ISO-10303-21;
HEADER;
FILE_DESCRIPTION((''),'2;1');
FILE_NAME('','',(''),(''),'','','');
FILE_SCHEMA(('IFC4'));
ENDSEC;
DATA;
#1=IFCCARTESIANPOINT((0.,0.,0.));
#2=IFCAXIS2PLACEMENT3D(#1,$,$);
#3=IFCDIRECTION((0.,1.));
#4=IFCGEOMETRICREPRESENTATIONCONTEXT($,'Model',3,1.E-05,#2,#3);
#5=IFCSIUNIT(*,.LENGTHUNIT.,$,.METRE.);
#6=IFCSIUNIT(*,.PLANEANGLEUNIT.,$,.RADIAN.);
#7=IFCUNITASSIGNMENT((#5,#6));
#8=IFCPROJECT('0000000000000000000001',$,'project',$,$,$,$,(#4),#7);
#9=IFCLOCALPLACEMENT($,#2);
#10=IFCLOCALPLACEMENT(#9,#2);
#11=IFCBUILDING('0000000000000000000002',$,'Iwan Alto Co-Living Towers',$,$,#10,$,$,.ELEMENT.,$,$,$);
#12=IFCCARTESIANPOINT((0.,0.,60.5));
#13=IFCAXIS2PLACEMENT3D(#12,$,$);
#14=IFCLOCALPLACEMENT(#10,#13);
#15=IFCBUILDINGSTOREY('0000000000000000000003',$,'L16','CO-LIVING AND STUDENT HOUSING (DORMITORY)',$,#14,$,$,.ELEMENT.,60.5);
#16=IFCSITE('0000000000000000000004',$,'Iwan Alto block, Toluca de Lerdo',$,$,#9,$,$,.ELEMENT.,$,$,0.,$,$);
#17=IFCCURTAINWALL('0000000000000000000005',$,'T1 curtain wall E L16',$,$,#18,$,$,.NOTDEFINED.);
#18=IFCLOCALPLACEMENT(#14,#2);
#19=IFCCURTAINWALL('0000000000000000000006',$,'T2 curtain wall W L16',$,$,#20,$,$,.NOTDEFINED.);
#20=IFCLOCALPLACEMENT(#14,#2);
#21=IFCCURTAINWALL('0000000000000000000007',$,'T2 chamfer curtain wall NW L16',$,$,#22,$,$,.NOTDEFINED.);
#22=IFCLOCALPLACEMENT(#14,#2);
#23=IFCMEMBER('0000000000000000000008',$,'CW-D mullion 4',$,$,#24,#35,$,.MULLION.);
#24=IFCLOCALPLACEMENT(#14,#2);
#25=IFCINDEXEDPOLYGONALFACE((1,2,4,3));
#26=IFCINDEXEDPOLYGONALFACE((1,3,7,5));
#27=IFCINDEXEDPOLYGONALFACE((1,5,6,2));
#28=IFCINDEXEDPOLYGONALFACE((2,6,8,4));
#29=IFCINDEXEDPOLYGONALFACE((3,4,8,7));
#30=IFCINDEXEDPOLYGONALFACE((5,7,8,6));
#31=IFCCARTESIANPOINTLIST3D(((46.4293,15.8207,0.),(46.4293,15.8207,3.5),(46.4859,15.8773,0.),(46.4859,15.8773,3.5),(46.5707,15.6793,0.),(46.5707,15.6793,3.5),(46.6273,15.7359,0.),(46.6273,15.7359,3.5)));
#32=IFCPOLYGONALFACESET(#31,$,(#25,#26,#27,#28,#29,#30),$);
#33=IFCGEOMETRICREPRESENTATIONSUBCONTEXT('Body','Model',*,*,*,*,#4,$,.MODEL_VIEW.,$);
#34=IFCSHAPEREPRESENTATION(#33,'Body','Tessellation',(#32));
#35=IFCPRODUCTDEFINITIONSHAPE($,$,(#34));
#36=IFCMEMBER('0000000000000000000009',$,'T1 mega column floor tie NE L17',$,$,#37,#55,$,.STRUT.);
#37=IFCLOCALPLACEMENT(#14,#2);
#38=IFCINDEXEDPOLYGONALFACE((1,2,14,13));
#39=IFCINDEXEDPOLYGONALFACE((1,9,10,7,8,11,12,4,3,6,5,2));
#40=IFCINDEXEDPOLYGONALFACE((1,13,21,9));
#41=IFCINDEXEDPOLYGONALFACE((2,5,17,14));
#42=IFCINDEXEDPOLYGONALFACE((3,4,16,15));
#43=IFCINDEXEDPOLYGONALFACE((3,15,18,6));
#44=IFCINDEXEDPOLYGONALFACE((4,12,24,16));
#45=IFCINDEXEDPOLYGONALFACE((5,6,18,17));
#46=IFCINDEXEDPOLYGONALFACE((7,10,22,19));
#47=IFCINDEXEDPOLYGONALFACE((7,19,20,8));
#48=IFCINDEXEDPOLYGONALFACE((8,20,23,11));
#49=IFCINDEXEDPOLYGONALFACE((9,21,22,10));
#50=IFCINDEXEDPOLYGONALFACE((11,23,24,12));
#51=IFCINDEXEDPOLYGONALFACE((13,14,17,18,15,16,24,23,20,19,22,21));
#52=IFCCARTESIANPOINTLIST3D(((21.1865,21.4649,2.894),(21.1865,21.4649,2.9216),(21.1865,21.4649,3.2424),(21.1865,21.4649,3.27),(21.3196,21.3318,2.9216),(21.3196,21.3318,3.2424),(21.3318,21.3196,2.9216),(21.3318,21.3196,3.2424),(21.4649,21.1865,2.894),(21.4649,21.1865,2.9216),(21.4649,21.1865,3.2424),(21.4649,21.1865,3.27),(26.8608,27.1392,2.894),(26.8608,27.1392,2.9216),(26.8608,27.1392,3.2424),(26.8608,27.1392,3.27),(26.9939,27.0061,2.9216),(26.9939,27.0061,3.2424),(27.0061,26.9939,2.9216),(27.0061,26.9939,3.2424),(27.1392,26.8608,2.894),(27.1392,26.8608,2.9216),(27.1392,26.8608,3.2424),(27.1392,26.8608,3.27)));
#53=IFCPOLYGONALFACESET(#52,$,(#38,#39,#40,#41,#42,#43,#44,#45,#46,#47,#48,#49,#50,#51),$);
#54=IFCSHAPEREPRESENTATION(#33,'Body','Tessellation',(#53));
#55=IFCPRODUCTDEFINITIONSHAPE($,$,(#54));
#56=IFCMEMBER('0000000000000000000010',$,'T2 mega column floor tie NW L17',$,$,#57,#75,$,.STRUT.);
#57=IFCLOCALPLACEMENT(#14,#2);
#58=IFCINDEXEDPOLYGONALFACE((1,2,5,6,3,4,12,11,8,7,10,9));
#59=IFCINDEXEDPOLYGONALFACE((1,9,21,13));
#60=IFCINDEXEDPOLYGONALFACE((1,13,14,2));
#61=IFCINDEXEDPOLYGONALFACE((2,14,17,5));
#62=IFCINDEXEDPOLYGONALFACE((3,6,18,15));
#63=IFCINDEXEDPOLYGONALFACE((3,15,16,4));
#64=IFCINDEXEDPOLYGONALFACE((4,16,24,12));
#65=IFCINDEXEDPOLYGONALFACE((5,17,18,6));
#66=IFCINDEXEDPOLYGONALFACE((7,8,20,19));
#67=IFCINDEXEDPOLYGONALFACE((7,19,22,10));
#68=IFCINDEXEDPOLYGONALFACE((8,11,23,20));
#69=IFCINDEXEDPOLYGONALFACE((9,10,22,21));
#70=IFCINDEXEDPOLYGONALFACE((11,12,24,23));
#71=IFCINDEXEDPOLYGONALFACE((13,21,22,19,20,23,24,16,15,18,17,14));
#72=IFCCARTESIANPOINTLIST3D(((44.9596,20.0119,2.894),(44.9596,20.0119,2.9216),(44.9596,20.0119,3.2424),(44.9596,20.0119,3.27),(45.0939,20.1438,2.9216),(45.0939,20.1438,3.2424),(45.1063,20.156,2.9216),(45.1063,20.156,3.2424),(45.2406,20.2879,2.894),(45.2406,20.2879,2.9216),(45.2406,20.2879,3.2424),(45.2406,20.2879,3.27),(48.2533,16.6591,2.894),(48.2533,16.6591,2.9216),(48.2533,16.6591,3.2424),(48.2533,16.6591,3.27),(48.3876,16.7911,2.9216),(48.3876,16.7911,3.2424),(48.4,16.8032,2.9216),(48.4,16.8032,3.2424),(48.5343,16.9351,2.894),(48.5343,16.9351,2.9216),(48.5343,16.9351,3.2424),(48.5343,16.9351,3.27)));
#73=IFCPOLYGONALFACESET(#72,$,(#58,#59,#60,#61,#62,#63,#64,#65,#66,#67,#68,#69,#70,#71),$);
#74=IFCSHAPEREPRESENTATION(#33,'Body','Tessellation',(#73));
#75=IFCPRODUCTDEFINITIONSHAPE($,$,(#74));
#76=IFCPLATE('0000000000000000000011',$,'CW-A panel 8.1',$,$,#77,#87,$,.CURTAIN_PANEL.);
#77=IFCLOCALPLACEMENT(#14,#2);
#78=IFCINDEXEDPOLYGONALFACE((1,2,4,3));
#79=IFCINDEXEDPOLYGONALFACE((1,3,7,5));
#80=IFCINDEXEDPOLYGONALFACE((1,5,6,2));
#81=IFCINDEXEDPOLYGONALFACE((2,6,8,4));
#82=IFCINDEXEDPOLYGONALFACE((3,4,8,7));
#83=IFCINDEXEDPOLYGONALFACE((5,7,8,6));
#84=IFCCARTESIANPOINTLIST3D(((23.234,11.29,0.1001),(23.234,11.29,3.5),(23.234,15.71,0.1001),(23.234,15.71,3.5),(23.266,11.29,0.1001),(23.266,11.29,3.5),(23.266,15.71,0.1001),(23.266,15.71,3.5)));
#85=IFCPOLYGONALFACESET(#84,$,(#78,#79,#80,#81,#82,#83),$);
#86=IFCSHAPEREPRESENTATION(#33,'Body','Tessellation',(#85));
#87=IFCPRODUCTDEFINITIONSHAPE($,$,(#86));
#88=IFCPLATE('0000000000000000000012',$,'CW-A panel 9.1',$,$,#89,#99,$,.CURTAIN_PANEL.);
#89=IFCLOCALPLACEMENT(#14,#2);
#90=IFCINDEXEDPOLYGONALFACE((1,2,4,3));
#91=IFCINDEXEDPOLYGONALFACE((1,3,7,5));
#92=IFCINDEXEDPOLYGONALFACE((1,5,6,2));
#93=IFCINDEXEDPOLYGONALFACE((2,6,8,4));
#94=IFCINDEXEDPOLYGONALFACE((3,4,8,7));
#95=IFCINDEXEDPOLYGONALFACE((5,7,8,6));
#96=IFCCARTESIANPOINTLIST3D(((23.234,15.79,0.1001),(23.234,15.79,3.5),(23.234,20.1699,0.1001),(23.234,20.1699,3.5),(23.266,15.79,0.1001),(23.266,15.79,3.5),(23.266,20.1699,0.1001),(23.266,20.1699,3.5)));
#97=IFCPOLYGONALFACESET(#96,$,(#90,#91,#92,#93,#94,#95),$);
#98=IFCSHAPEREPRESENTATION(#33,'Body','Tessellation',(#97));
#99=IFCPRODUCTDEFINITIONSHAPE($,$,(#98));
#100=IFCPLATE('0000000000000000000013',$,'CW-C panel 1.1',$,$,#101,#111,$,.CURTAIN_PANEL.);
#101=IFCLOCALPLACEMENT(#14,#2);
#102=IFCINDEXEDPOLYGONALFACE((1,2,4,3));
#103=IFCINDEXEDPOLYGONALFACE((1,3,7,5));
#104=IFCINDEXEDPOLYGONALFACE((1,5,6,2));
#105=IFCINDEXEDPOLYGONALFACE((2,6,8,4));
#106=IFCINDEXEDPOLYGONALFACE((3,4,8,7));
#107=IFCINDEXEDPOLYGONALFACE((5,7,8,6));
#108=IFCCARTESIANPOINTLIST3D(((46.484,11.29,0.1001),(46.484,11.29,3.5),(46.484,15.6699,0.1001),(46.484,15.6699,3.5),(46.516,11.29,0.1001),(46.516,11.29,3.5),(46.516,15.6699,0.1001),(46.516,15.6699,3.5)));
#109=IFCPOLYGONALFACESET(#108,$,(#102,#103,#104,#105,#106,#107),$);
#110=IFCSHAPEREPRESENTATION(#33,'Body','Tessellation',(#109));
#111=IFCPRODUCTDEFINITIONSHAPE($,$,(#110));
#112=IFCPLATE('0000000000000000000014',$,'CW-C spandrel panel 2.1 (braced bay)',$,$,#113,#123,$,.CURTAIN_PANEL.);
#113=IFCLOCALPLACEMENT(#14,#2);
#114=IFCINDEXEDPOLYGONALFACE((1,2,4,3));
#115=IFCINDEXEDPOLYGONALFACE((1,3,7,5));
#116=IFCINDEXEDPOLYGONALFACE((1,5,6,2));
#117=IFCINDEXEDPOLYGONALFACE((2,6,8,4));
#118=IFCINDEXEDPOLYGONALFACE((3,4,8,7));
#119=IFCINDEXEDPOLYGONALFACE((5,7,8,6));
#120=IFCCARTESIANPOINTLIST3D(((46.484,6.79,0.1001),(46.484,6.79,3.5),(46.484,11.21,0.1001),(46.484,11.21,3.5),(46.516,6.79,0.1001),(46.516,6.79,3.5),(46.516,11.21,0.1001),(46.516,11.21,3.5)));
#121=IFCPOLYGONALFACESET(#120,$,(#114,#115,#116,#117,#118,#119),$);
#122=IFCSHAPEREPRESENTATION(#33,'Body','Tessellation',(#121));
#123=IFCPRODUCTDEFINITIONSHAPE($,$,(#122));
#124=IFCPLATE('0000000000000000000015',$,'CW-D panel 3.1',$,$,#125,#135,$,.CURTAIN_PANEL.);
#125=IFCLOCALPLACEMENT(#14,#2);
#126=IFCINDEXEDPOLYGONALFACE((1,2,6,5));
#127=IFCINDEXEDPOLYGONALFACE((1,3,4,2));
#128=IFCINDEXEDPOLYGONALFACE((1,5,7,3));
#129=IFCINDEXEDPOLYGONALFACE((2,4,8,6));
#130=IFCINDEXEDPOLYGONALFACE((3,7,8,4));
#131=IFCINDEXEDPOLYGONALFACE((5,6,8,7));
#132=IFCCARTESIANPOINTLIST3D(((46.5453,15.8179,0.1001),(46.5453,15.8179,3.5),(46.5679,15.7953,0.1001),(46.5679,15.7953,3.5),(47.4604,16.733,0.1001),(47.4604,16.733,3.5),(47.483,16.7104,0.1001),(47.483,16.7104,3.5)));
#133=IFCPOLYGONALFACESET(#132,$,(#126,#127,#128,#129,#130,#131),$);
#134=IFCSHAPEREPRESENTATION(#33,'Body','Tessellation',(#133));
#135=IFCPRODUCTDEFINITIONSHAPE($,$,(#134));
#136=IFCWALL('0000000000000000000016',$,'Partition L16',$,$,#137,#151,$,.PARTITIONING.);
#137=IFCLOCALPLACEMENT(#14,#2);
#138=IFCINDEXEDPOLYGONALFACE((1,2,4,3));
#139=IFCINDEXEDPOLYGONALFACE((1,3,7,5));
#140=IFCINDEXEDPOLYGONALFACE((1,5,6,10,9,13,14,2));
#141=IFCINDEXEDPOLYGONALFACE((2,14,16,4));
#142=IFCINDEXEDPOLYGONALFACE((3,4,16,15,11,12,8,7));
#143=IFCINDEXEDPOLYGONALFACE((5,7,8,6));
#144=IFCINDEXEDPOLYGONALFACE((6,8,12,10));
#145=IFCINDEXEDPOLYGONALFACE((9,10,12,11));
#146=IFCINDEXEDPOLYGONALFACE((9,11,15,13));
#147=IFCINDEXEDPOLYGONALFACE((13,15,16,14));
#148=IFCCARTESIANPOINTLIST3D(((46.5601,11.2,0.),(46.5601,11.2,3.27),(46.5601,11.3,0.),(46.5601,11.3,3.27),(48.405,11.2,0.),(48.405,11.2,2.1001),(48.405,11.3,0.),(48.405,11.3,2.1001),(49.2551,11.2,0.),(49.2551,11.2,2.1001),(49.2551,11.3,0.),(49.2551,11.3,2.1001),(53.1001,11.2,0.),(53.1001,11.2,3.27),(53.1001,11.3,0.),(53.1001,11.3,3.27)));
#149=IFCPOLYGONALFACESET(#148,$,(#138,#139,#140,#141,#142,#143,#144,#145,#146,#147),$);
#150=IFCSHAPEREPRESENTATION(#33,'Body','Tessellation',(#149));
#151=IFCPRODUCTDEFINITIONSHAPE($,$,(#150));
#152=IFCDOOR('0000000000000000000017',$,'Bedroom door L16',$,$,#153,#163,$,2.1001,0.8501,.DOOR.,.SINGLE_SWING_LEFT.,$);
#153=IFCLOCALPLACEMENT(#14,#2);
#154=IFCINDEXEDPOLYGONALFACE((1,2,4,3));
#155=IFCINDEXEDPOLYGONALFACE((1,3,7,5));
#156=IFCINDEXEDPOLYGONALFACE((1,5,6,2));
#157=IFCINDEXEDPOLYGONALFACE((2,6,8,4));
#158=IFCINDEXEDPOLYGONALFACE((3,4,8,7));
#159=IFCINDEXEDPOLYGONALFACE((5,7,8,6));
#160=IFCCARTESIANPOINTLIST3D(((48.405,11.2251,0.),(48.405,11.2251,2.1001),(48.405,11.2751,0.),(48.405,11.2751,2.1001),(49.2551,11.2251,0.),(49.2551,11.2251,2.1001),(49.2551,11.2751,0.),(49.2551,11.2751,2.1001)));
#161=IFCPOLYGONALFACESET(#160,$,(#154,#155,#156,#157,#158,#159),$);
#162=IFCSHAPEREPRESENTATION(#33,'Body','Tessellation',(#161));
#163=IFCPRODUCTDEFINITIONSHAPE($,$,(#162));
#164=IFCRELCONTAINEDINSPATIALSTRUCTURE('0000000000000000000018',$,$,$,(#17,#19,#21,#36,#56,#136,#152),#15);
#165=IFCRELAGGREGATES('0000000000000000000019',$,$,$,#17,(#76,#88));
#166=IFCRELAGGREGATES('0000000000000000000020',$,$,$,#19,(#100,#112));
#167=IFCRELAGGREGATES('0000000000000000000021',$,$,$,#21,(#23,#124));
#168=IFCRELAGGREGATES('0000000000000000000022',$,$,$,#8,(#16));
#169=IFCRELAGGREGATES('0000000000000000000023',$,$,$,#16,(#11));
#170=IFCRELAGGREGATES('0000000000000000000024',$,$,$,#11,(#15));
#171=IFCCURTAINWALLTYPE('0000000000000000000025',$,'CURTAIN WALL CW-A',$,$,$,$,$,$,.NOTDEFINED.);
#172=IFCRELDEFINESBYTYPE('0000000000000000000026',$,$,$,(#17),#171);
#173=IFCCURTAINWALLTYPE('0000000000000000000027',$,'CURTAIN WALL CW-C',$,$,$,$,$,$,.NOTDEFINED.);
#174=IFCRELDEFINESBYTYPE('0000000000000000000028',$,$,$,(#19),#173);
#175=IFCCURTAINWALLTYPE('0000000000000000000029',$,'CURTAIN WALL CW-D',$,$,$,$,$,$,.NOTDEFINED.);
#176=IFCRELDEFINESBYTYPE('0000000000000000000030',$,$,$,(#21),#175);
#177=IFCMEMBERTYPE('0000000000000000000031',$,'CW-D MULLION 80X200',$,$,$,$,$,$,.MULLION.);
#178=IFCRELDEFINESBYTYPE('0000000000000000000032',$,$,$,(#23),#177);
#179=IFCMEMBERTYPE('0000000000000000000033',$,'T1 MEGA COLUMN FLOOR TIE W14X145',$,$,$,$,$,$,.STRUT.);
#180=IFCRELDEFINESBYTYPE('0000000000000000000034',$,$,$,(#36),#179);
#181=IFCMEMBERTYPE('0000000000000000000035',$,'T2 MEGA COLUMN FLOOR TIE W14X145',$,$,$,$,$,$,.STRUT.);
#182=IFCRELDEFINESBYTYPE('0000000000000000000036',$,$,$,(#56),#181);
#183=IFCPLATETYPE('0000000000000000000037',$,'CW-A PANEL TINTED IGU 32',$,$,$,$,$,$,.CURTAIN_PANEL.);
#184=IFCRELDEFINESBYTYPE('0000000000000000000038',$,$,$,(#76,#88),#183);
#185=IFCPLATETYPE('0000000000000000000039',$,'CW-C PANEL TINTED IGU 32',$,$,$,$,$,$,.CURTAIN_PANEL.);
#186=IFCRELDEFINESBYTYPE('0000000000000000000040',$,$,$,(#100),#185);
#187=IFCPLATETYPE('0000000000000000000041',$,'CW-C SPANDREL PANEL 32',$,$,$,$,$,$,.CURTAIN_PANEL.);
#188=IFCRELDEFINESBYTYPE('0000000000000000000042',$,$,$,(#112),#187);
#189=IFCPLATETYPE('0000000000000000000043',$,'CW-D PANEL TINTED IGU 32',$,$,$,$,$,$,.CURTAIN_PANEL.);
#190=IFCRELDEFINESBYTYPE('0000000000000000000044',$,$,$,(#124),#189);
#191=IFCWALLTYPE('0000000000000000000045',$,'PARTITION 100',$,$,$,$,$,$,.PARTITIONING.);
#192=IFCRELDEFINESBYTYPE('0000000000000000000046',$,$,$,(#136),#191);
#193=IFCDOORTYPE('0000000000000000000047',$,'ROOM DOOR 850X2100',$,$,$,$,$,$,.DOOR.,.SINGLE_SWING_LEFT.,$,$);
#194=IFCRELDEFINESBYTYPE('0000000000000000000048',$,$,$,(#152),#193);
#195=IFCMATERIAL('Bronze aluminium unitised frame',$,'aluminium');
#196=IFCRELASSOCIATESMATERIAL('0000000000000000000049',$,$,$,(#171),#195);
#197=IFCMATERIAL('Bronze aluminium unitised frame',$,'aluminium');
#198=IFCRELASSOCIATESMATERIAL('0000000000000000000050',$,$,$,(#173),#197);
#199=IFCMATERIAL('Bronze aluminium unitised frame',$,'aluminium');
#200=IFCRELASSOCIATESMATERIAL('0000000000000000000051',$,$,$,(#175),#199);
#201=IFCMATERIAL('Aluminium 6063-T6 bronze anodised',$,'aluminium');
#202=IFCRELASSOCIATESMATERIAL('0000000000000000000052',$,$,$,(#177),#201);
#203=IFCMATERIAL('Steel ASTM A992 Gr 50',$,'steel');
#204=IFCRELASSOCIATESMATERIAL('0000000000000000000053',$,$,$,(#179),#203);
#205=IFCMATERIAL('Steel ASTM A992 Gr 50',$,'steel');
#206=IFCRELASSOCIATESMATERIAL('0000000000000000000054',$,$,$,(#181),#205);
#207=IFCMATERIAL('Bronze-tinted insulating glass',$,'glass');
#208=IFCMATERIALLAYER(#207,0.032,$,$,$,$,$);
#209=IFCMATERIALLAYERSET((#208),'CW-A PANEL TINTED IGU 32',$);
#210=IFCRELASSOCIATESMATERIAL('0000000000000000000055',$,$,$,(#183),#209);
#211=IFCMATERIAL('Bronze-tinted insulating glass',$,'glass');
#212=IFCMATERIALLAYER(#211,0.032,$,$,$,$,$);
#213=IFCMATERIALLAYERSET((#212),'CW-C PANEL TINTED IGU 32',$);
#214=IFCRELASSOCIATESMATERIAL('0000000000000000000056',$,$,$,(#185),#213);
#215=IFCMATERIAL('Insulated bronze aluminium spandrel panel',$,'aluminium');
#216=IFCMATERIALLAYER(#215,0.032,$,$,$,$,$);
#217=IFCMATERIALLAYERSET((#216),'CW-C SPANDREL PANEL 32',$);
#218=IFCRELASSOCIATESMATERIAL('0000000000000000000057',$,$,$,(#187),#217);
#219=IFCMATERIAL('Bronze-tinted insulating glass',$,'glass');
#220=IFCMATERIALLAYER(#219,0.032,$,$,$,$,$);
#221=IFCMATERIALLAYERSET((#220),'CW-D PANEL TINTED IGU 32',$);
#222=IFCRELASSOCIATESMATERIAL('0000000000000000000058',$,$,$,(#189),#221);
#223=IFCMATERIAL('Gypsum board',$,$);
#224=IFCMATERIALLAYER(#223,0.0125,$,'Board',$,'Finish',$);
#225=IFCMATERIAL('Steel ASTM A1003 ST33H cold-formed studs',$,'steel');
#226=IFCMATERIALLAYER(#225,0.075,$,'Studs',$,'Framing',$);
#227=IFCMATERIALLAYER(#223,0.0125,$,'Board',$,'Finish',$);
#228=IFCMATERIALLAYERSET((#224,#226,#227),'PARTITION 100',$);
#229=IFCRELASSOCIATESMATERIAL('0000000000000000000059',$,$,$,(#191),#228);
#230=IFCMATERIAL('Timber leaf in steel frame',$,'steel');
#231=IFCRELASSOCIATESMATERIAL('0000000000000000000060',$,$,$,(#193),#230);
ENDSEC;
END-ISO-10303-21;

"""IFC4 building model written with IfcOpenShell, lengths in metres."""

from ifc_helpers import new_model, si_unit, direction, frame, frame_2d, origin, origin_2d, place, context, subcontext, project, spatial, rectangle, i_section, extrude, material, layer, layer_set, material_profile, profile_set, type_object, element, fill, aggregate, save


model = new_model("IFC4")

# Units and contexts
model_context = context("Model", 3, precision=1e-05, world=origin(), true_north=direction((0.0, 1.0)))
body_context = subcontext(model_context, "Body", "Model", "MODEL_VIEW")
ifc_project = project(units=[si_unit("LENGTHUNIT", "METRE"), si_unit("PLANEANGLEUNIT", "RADIAN")], contexts=[model_context])

# Site, building, storey
site_placement = place(None, origin())
site = spatial("IfcSite", under=ifc_project, at=site_placement, Name="Iwan Alto block, Toluca de Lerdo", CompositionType="ELEMENT", RefElevation=0.0)
building_placement = place(site_placement, origin())
building = spatial("IfcBuilding", under=site, at=building_placement, Name="Iwan Alto Co-Living Towers", CompositionType="ELEMENT")
storey_placement = place(building_placement, frame((0.0, 0.0, 60.5)))
storey = spatial("IfcBuildingStorey", under=building, at=storey_placement, Name="L16", Description="CO-LIVING AND STUDENT HOUSING (DORMITORY)", CompositionType="ELEMENT", Elevation=60.5)

# Curtain wall
ifc_material_1 = material(Name="Bronze aluminium unitised frame", Category="aluminium")
curtain_wall_type_1 = type_object("IfcCurtainWallType", Name="CURTAIN WALL CW-A", PredefinedType="NOTDEFINED", material=ifc_material_1)
curtain_wall_1_placement = place(storey_placement, origin())
curtain_wall_1 = element("IfcCurtainWall", 1, at=curtain_wall_1_placement, inside=storey, type_object=curtain_wall_type_1, Name="T1 curtain wall E L16", PredefinedType="NOTDEFINED")

# Curtain wall
ifc_material_2 = material(Name="Bronze aluminium unitised frame", Category="aluminium")
curtain_wall_type_2 = type_object("IfcCurtainWallType", Name="CURTAIN WALL CW-C", PredefinedType="NOTDEFINED", material=ifc_material_2)
curtain_wall_2_placement = place(storey_placement, origin())
curtain_wall_2 = element("IfcCurtainWall", 2, at=curtain_wall_2_placement, inside=storey, type_object=curtain_wall_type_2, Name="T2 curtain wall W L16", PredefinedType="NOTDEFINED")

# Curtain wall, member
ifc_material_3 = material(Name="Bronze aluminium unitised frame", Category="aluminium")
curtain_wall_type_3 = type_object("IfcCurtainWallType", Name="CURTAIN WALL CW-D", PredefinedType="NOTDEFINED", material=ifc_material_3)
curtain_wall_3_placement = place(storey_placement, origin())
curtain_wall_3 = element("IfcCurtainWall", 3, at=curtain_wall_3_placement, inside=storey, type_object=curtain_wall_type_3, Name="T2 chamfer curtain wall NW L16", PredefinedType="NOTDEFINED")
ifc_material_4 = material(Name="Aluminium 6063-T6 bronze anodised", Category="aluminium")
ifc_material_profile_1 = material_profile(ifc_material_4, rectangle(XDim=0.2, YDim=0.0801, at=origin_2d()), Name="AL 80X200")
ifc_profile_set_1 = profile_set([ifc_material_profile_1], Name="Aluminium 6063-T6 bronze anodised")
member_type_1 = type_object("IfcMemberType", Name="CW-D MULLION 80X200", PredefinedType="MULLION", material=ifc_profile_set_1)
member_1_placement = place(storey_placement, frame((46.5283, 15.7783, 0.0), z_axis=(0.0, 0.0, 1.0), x_axis=(0.707107, -0.707107, 0.0)))
member_1 = element("IfcMember", 4, at=member_1_placement, type_object=member_type_1, Name="CW-D mullion 4", PredefinedType="MULLION", context=body_context, shape_type="SweptSolid", body=[
    extrude(rectangle(XDim=0.2, YDim=0.0801, at=origin_2d()), origin(), (0.0, 0.0, 1.0), 3.5),
])

# Members
ifc_material_5 = material(Name="Steel ASTM A992 Gr 50", Category="steel")
ifc_material_profile_2 = material_profile(ifc_material_5, i_section(OverallWidth=0.3938, OverallDepth=0.376, WebThickness=0.0173, FlangeThickness=0.0276, at=origin_2d()), Name="W14X145")
ifc_profile_set_2 = profile_set([ifc_material_profile_2], Name="Steel ASTM A992 Gr 50")
member_type_2 = type_object("IfcMemberType", Name="T1 MEGA COLUMN FLOOR TIE W14X145", PredefinedType="STRUT", material=ifc_profile_set_2)
member_2_placement = place(storey_placement, frame((27.0, 27.0, 3.082), z_axis=(-0.707107, -0.707107, 0.0), x_axis=(0.707107, -0.707107, 0.0)))
element("IfcMember", 5, at=member_2_placement, inside=storey, type_object=member_type_2, Name="T1 mega column floor tie NE L17", PredefinedType="STRUT", context=body_context, shape_type="SweptSolid", body=[
    extrude(i_section(OverallWidth=0.3938, OverallDepth=0.376, WebThickness=0.0173, FlangeThickness=0.0276, at=origin_2d()), origin(), (0.0, 0.0, 1.0), 8.0247),
])
ifc_material_6 = material(Name="Steel ASTM A992 Gr 50", Category="steel")
ifc_material_profile_3 = material_profile(ifc_material_6, i_section(OverallWidth=0.3938, OverallDepth=0.376, WebThickness=0.0173, FlangeThickness=0.0276, at=origin_2d()), Name="W14X145")
ifc_profile_set_3 = profile_set([ifc_material_profile_3], Name="Steel ASTM A992 Gr 50")
member_type_3 = type_object("IfcMemberType", Name="T2 MEGA COLUMN FLOOR TIE W14X145", PredefinedType="STRUT", material=ifc_profile_set_3)
member_3_placement = place(storey_placement, frame((45.1001, 20.1499, 3.082), z_axis=(0.700793, -0.713364, 0.0), x_axis=(0.713364, 0.700793, 0.0)))
element("IfcMember", 6, at=member_3_placement, inside=storey, type_object=member_type_3, Name="T2 mega column floor tie NW L17", PredefinedType="STRUT", context=body_context, shape_type="SweptSolid", body=[
    extrude(i_section(OverallWidth=0.3938, OverallDepth=0.376, WebThickness=0.0173, FlangeThickness=0.0276, at=origin_2d()), origin(), (0.0, 0.0, 1.0), 4.7),
])

# Plates
ifc_material_7 = material(Name="Bronze-tinted insulating glass", Category="glass")
ifc_layer_1 = layer(ifc_material_7, 0.032)
ifc_layer_set_1 = layer_set([ifc_layer_1], Name="CW-A PANEL TINTED IGU 32")
plate_type_1 = type_object("IfcPlateType", Name="CW-A PANEL TINTED IGU 32", PredefinedType="CURTAIN_PANEL", material=ifc_layer_set_1)
plate_1_placement = place(storey_placement, frame((23.25, 13.5, 0.1001), z_axis=(0.0, 0.0, 1.0), x_axis=(0.0, 1.0, 0.0)))
plate_1 = element("IfcPlate", 7, at=plate_1_placement, type_object=plate_type_1, Name="CW-A panel 8.1", PredefinedType="CURTAIN_PANEL", context=body_context, shape_type="SweptSolid", body=[
    extrude(rectangle(XDim=4.4199, YDim=0.032, at=origin_2d()), origin(), (0.0, 0.0, 1.0), 3.3999),
])
plate_2_placement = place(storey_placement, frame((23.25, 17.98, 0.1001), z_axis=(0.0, 0.0, 1.0), x_axis=(0.0, 1.0, 0.0)))
plate_2 = element("IfcPlate", 8, at=plate_2_placement, type_object=plate_type_1, Name="CW-A panel 9.1", PredefinedType="CURTAIN_PANEL", context=body_context, shape_type="SweptSolid", body=[
    extrude(rectangle(XDim=4.3799, YDim=0.032, at=origin_2d()), origin(), (0.0, 0.0, 1.0), 3.3999),
])
aggregate(curtain_wall_1, [plate_1, plate_2])
ifc_material_8 = material(Name="Bronze-tinted insulating glass", Category="glass")
ifc_layer_2 = layer(ifc_material_8, 0.032)
ifc_layer_set_2 = layer_set([ifc_layer_2], Name="CW-C PANEL TINTED IGU 32")
plate_type_2 = type_object("IfcPlateType", Name="CW-C PANEL TINTED IGU 32", PredefinedType="CURTAIN_PANEL", material=ifc_layer_set_2)
plate_3_placement = place(storey_placement, frame((46.5, 13.48, 0.1001), z_axis=(0.0, 0.0, 1.0), x_axis=(0.0, -1.0, 0.0)))
plate_3 = element("IfcPlate", 9, at=plate_3_placement, type_object=plate_type_2, Name="CW-C panel 1.1", PredefinedType="CURTAIN_PANEL", context=body_context, shape_type="SweptSolid", body=[
    extrude(rectangle(XDim=4.3799, YDim=0.032, at=origin_2d()), origin(), (0.0, 0.0, 1.0), 3.3999),
])
ifc_material_9 = material(Name="Insulated bronze aluminium spandrel panel", Category="aluminium")
ifc_layer_3 = layer(ifc_material_9, 0.032)
ifc_layer_set_3 = layer_set([ifc_layer_3], Name="CW-C SPANDREL PANEL 32")
plate_type_3 = type_object("IfcPlateType", Name="CW-C SPANDREL PANEL 32", PredefinedType="CURTAIN_PANEL", material=ifc_layer_set_3)
plate_4_placement = place(storey_placement, frame((46.5, 9.0, 0.1001), z_axis=(0.0, 0.0, 1.0), x_axis=(0.0, -1.0, 0.0)))
plate_4 = element("IfcPlate", 10, at=plate_4_placement, type_object=plate_type_3, Name="CW-C spandrel panel 2.1 (braced bay)", PredefinedType="CURTAIN_PANEL", context=body_context, shape_type="SweptSolid", body=[
    extrude(rectangle(XDim=4.4199, YDim=0.032, at=origin_2d()), origin(), (0.0, 0.0, 1.0), 3.3999),
])
aggregate(curtain_wall_2, [plate_3, plate_4])
ifc_material_10 = material(Name="Bronze-tinted insulating glass", Category="glass")
ifc_layer_4 = layer(ifc_material_10, 0.032)
ifc_layer_set_4 = layer_set([ifc_layer_4], Name="CW-D PANEL TINTED IGU 32")
plate_type_4 = type_object("IfcPlateType", Name="CW-D PANEL TINTED IGU 32", PredefinedType="CURTAIN_PANEL", material=ifc_layer_set_4)
plate_5_placement = place(storey_placement, frame((47.0142, 16.2642, 0.1001), z_axis=(0.0, 0.0, 1.0), x_axis=(-0.707107, -0.707107, 0.0)))
plate_5 = element("IfcPlate", 11, at=plate_5_placement, type_object=plate_type_4, Name="CW-D panel 3.1", PredefinedType="CURTAIN_PANEL", context=body_context, shape_type="SweptSolid", body=[
    extrude(rectangle(XDim=1.2942, YDim=0.032, at=origin_2d()), origin(), (0.0, 0.0, 1.0), 3.3999),
])
aggregate(curtain_wall_3, [member_1, plate_5])

# Wall, opening, door
ifc_material_11 = material(Name="Gypsum board")
ifc_layer_5 = layer(ifc_material_11, 0.0125, Name="Board", Category="Finish")
ifc_material_12 = material(Name="Steel ASTM A1003 ST33H cold-formed studs", Category="steel")
ifc_layer_6 = layer(ifc_material_12, 0.075, Name="Studs", Category="Framing")
ifc_layer_7 = layer(ifc_material_11, 0.0125, Name="Board", Category="Finish")
ifc_layer_set_5 = layer_set([ifc_layer_5, ifc_layer_6, ifc_layer_7], Name="PARTITION 100")
wall_type = type_object("IfcWallType", Name="PARTITION 100", PredefinedType="PARTITIONING", material=ifc_layer_set_5)
wall_placement = place(storey_placement, frame((46.5601, 11.25, 0.0), z_axis=(0.0, 0.0, 1.0), x_axis=(1.0, 0.0, 0.0)))
wall = element("IfcWall", 12, at=wall_placement, inside=storey, type_object=wall_type, Name="Partition L16", PredefinedType="PARTITIONING", context=body_context, shape_type="SweptSolid", body=[
    extrude(rectangle(XDim=6.54, YDim=0.1001, at=frame_2d((3.27, 0.0))), origin(), (0.0, 0.0, 1.0), 3.27),
])
opening_placement = place(wall_placement, frame((1.845, 0.0, 0.0)))
opening = element("IfcOpeningElement", 13, at=opening_placement, cuts=wall, PredefinedType="OPENING", context=body_context, shape_type="SweptSolid", body=[
    extrude(rectangle(XDim=0.8501, YDim=2.1001, at=frame_2d((0.425, 1.05))), frame((0.0, 0.0601, 0.0), z_axis=(0.0, -1.0, 0.0), x_axis=(1.0, 0.0, 0.0)), (0.0, 0.0, 1.0), 0.1201),
])
ifc_material_13 = material(Name="Timber leaf in steel frame", Category="steel")
door_type = type_object("IfcDoorType", Name="ROOM DOOR 850X2100", OperationType="SINGLE_SWING_LEFT", PredefinedType="DOOR", material=ifc_material_13)
door_placement = place(opening_placement, frame((0.8501, 0.0, 0.0), z_axis=(0.0, 0.0, 1.0), x_axis=(-1.0, 0.0, 0.0)))
door = element("IfcDoor", 14, at=door_placement, inside=storey, type_object=door_type, Name="Bedroom door L16", OperationType="SINGLE_SWING_LEFT", OverallHeight=2.1001, OverallWidth=0.8501, PredefinedType="DOOR", context=body_context, shape_type="SweptSolid", body=[
    extrude(rectangle(XDim=0.8501, YDim=2.1001, at=frame_2d((0.425, 1.05))), frame((0.0, 0.0249, 0.0), z_axis=(0.0, -1.0, 0.0), x_axis=(1.0, 0.0, 0.0)), (0.0, 0.0, 1.0), 0.05),
])
fill(opening, door)

save(model, "model.ifc")
